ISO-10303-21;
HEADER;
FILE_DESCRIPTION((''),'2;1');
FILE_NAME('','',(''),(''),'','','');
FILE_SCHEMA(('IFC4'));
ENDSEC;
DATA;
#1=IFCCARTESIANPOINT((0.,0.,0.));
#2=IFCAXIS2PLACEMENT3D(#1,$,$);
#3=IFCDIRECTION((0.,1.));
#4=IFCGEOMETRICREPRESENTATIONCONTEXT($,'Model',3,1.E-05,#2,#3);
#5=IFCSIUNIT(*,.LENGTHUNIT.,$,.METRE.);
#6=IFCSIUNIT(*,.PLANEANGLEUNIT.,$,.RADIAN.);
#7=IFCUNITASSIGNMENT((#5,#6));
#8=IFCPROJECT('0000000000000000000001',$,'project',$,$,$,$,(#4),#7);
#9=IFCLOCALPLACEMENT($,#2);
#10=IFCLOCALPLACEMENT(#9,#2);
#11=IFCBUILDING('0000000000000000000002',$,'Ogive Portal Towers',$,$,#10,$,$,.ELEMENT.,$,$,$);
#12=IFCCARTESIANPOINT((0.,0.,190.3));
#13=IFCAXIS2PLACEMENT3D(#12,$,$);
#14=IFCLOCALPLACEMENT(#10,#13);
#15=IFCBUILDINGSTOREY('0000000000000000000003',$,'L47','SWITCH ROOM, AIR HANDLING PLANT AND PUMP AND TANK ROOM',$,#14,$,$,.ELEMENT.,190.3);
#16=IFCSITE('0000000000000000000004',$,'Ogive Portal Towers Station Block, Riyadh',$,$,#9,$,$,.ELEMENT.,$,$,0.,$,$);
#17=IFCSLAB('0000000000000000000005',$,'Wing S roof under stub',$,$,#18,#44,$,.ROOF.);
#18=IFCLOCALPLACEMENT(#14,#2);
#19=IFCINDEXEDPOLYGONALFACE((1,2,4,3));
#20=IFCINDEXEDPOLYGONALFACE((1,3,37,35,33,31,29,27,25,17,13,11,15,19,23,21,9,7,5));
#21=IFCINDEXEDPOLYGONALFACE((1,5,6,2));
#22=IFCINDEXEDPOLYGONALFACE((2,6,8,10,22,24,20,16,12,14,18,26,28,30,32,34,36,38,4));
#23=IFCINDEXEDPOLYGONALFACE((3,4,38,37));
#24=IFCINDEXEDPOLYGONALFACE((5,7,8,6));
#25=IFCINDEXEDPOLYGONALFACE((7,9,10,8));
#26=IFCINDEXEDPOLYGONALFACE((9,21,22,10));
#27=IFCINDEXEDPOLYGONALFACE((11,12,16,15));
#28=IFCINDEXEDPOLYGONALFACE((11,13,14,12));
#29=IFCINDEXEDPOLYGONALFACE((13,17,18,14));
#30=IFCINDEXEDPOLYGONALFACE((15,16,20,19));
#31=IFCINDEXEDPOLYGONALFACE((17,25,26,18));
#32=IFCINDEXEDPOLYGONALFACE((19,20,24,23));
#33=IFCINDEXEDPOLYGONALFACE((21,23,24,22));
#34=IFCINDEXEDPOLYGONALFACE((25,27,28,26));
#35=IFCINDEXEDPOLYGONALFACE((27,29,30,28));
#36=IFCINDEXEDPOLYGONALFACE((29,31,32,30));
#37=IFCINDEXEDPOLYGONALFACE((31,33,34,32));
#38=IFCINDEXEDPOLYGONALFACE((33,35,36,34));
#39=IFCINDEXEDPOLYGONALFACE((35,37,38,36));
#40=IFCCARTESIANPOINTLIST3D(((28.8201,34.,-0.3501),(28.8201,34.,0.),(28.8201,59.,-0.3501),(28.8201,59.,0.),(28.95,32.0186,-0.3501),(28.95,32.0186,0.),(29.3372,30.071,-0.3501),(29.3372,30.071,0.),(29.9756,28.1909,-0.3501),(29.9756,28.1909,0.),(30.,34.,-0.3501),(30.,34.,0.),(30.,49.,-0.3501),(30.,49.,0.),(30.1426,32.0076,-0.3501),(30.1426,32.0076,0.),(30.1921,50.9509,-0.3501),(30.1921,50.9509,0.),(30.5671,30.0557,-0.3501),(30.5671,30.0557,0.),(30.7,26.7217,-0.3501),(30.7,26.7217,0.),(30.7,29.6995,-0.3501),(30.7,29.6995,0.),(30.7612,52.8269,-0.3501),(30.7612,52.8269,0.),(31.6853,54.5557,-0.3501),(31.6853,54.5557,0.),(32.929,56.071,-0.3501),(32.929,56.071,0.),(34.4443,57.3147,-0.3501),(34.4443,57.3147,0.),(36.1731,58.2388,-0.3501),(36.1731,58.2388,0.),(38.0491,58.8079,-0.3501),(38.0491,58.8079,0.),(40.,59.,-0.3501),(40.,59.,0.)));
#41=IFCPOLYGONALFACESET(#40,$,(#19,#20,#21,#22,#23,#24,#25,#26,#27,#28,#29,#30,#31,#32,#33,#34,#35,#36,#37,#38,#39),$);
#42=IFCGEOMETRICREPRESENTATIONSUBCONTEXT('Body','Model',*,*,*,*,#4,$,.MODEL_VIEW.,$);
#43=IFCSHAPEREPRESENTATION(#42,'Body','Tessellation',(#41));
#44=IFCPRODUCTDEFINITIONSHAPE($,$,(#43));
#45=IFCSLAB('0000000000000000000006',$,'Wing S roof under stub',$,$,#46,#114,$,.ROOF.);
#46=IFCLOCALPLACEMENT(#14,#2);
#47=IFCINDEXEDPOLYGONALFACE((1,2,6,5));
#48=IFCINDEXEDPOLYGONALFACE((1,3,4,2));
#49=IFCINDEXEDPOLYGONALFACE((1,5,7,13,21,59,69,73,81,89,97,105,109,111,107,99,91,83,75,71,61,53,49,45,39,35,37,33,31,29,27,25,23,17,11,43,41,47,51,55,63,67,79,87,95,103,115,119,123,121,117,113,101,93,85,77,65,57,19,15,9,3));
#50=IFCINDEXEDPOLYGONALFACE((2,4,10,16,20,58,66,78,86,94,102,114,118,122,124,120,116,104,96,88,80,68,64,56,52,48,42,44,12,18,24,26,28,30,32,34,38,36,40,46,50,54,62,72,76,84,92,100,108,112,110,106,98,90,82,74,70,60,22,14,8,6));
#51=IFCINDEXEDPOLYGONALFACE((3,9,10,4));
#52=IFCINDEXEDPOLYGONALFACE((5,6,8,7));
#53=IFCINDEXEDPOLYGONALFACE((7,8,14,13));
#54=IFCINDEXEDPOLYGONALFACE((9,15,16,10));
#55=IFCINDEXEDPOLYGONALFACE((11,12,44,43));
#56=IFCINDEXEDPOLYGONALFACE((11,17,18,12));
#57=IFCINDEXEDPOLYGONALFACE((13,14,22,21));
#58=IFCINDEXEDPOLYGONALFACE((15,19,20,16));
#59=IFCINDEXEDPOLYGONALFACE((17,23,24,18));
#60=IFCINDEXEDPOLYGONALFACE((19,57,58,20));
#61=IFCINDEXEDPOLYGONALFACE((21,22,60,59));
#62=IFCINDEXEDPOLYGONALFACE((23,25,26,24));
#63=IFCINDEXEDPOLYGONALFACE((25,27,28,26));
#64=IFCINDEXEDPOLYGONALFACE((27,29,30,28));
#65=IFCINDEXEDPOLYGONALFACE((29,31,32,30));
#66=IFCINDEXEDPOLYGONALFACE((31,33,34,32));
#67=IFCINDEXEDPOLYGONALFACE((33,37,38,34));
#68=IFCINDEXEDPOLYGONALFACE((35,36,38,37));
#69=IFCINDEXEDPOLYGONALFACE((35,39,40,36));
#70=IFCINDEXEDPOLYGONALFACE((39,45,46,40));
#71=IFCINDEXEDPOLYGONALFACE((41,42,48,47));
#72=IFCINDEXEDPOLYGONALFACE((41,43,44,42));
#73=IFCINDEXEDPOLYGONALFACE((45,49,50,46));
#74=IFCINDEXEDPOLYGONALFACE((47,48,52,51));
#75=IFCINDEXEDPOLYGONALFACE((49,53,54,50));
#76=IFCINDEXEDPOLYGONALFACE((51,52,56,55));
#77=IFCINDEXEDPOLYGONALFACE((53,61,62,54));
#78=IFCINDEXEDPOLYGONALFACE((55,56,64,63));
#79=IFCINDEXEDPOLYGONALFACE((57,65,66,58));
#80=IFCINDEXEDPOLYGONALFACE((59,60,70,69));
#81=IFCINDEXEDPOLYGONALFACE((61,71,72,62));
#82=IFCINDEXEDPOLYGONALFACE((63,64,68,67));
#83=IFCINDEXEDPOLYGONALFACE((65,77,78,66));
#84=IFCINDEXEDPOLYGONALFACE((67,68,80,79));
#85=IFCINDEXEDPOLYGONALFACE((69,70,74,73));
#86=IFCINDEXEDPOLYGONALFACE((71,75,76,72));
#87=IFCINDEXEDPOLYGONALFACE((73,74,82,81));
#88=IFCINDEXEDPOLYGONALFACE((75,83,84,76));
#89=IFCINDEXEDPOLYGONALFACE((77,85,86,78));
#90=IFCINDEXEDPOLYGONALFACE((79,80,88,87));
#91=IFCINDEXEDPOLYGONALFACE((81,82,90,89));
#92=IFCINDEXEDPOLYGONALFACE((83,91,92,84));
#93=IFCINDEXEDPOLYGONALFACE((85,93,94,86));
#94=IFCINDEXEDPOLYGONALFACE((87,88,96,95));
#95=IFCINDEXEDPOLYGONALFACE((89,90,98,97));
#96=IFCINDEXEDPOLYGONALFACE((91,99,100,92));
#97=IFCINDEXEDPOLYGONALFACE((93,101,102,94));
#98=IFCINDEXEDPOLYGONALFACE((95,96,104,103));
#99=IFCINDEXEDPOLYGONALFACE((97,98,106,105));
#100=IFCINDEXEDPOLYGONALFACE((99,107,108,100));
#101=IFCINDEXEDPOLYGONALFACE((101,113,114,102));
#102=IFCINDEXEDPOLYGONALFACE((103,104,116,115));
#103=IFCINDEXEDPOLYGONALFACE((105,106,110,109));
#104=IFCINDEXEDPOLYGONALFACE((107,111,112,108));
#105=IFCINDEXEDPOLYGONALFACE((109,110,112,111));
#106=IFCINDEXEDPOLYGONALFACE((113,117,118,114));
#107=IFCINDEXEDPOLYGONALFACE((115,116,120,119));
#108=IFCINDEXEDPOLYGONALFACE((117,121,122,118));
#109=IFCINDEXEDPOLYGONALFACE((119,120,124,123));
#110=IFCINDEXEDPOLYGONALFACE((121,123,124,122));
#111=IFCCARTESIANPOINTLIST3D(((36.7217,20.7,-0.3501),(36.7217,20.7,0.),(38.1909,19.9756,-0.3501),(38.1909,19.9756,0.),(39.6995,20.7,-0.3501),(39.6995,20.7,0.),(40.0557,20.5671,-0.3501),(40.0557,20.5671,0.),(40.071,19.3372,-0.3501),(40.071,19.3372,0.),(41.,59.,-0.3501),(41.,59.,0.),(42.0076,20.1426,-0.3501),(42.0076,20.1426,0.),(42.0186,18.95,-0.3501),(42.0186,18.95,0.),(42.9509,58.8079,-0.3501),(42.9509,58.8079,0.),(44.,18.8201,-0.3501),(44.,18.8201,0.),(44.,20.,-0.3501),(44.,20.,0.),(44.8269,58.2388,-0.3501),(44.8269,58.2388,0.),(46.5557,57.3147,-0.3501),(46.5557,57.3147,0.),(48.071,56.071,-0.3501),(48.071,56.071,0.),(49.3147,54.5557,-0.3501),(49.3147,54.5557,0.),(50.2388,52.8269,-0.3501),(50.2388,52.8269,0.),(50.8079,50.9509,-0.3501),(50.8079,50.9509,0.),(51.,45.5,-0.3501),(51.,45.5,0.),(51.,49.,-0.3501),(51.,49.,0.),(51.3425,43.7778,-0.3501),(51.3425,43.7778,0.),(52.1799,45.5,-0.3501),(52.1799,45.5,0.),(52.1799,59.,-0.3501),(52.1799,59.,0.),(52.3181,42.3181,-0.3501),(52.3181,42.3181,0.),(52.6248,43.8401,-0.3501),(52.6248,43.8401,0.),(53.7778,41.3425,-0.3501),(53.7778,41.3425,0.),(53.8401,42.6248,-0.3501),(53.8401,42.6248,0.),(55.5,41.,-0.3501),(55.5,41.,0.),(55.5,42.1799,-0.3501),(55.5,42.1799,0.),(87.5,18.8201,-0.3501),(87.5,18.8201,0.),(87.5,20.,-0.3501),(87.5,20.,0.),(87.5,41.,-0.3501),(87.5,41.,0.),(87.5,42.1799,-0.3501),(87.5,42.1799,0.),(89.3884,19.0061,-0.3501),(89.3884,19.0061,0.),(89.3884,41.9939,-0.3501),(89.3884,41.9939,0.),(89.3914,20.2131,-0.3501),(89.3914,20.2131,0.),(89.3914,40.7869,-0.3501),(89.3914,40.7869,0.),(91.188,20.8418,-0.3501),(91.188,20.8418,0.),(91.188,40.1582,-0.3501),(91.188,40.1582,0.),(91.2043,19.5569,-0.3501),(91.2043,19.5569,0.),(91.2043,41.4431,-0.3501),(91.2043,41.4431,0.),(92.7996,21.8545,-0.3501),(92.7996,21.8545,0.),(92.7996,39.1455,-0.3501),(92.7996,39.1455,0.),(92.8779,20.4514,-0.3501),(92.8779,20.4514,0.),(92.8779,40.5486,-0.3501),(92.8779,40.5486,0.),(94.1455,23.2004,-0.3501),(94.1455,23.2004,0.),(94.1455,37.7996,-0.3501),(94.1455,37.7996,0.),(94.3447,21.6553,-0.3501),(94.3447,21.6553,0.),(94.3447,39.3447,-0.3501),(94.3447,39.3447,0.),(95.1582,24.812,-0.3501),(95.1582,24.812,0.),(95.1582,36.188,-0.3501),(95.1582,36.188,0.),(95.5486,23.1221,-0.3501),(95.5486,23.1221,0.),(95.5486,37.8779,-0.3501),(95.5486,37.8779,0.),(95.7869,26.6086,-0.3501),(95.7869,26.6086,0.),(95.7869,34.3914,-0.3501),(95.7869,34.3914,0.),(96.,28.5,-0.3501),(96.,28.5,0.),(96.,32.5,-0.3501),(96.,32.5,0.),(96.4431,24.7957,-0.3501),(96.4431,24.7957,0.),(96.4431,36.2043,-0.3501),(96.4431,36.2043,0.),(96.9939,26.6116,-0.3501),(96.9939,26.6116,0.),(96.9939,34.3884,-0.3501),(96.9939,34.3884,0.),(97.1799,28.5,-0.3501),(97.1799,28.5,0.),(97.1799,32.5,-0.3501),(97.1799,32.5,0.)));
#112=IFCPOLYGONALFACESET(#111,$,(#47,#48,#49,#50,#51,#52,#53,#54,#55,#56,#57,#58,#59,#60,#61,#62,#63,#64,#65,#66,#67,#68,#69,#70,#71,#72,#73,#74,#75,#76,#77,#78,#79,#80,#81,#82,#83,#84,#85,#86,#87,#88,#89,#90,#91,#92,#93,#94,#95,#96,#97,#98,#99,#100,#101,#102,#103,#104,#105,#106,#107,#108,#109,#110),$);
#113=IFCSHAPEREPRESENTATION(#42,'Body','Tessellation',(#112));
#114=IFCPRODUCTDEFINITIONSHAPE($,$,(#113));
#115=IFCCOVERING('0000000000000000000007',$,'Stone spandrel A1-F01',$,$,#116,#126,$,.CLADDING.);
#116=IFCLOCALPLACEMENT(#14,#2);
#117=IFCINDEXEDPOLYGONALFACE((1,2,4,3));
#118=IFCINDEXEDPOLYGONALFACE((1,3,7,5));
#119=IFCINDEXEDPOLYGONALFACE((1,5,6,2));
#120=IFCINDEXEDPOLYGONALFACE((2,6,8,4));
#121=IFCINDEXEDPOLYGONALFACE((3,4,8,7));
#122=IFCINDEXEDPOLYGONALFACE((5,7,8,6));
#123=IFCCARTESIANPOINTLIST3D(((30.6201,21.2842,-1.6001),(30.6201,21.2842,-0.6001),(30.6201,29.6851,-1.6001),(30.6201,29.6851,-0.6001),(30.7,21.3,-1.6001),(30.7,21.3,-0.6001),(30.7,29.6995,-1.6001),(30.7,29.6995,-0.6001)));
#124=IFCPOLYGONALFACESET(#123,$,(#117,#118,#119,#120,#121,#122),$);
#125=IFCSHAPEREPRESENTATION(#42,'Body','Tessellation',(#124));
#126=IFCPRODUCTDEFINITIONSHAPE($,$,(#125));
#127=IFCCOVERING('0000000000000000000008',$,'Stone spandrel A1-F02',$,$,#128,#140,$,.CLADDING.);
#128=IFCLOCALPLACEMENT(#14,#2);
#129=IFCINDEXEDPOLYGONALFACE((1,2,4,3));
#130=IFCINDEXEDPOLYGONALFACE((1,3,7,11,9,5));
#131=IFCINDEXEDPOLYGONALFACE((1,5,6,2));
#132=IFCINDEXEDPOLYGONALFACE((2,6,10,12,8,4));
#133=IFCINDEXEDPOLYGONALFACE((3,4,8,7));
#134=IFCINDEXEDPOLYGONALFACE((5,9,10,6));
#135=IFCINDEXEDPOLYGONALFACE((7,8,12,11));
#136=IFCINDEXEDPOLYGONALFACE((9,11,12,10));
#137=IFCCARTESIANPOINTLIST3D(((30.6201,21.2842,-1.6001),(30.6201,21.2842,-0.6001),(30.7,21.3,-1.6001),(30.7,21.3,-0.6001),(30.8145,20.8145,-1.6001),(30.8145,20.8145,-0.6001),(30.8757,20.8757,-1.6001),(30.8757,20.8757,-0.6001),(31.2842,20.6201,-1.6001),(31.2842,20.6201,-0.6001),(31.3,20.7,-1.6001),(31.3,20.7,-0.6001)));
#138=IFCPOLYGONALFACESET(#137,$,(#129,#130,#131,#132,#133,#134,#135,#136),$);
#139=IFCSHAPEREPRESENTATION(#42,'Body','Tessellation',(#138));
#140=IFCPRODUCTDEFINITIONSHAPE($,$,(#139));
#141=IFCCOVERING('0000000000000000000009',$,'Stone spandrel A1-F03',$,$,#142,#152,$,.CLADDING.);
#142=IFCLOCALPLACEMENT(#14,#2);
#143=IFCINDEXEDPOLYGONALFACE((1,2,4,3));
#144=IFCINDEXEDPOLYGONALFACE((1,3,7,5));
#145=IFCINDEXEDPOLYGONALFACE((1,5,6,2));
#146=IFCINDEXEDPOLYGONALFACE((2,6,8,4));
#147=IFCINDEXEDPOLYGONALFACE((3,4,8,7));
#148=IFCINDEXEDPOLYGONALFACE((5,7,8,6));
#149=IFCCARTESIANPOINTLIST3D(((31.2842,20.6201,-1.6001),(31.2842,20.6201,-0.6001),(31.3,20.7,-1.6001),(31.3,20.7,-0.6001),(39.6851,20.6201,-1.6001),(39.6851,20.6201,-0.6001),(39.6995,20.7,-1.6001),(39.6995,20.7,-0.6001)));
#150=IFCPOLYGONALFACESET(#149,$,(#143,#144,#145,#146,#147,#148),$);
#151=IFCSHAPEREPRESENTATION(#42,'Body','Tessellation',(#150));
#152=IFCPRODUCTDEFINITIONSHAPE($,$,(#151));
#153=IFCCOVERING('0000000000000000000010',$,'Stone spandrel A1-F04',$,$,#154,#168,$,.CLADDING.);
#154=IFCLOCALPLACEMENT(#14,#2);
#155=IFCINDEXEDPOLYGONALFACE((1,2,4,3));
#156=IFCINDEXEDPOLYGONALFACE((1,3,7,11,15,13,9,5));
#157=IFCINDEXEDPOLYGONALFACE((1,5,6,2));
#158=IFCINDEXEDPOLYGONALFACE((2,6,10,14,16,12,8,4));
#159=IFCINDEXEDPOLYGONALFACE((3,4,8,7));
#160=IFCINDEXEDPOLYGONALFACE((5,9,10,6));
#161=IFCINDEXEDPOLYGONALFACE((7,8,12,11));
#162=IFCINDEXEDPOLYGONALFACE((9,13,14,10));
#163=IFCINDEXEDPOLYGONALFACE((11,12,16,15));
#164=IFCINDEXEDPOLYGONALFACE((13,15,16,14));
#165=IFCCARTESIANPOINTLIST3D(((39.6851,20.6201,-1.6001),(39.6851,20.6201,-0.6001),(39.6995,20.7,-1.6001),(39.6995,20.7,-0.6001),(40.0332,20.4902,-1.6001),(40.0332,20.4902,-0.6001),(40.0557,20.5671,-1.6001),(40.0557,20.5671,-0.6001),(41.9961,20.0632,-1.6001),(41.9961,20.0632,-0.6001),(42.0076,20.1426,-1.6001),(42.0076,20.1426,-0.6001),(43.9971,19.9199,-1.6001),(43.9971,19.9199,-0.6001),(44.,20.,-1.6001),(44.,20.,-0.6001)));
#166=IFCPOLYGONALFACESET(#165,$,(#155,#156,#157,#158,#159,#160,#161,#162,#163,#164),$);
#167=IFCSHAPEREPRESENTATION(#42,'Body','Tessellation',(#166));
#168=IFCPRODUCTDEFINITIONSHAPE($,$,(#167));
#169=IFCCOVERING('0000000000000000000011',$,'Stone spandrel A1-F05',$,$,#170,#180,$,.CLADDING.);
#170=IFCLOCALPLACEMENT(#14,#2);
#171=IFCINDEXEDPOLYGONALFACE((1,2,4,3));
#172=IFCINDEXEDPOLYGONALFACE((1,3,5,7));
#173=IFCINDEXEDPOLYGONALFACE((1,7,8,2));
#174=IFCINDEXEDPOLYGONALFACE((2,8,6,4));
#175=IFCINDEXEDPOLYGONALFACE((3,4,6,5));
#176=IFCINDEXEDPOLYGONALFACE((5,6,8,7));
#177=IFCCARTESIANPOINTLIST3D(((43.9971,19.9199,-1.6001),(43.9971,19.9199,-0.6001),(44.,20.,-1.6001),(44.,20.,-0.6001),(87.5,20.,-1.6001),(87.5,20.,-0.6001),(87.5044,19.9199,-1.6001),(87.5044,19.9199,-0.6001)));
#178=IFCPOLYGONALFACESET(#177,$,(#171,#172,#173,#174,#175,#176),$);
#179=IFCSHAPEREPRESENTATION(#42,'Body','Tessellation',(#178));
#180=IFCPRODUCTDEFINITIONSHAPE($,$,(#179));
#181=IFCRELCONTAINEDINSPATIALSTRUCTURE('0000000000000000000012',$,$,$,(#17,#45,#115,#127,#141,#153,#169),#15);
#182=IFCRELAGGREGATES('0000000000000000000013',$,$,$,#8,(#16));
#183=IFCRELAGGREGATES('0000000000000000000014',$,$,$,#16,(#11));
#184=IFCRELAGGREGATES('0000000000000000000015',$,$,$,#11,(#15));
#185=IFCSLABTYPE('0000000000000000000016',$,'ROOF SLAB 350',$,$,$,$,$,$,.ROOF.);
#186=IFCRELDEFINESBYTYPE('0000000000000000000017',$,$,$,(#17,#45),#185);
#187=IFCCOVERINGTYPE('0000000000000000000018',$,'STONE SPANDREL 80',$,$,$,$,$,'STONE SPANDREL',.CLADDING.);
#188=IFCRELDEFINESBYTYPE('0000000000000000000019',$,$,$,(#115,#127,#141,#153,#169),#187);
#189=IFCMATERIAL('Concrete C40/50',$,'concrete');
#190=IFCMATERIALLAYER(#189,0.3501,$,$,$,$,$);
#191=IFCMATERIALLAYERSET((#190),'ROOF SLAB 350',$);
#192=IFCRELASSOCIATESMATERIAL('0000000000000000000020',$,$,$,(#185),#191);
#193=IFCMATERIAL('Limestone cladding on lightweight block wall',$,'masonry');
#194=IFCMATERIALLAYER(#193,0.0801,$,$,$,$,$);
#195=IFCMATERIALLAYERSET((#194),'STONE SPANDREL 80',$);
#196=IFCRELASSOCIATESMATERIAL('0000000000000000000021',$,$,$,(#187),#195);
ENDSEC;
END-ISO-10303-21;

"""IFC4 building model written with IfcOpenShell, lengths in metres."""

from ifc_helpers import new_model, si_unit, direction, frame, origin, place, context, subcontext, project, spatial, polyline, outline, extrude, material, layer, layer_set, type_object, element, save


model = new_model("IFC4")

# Units and contexts
model_context = context("Model", 3, precision=1e-05, world=origin(), true_north=direction((0.0, 1.0)))
body_context = subcontext(model_context, "Body", "Model", "MODEL_VIEW")
ifc_project = project(units=[si_unit("LENGTHUNIT", "METRE"), si_unit("PLANEANGLEUNIT", "RADIAN")], contexts=[model_context])

# Site, building, storey
site_placement = place(None, origin())
site = spatial("IfcSite", under=ifc_project, at=site_placement, Name="Ogive Portal Towers Station Block, Riyadh", CompositionType="ELEMENT", RefElevation=0.0)
building_placement = place(site_placement, origin())
building = spatial("IfcBuilding", under=site, at=building_placement, Name="Ogive Portal Towers", CompositionType="ELEMENT")
storey_placement = place(building_placement, frame((0.0, 0.0, 190.3)))
storey = spatial("IfcBuildingStorey", under=building, at=storey_placement, Name="L47", Description="SWITCH ROOM, AIR HANDLING PLANT AND PUMP AND TANK ROOM", CompositionType="ELEMENT", Elevation=190.3)

# Slabs
ifc_material_1 = material(Name="Concrete C40/50", Category="concrete")
ifc_layer_1 = layer(ifc_material_1, 0.3501)
ifc_layer_set_1 = layer_set([ifc_layer_1], Name="ROOF SLAB 350")
slab_type_1 = type_object("IfcSlabType", Name="ROOF SLAB 350", PredefinedType="ROOF", material=ifc_layer_set_1)
slab_1_placement = place(storey_placement, frame((0.0, 0.0, -0.3501)))
element("IfcSlab", 1, at=slab_1_placement, inside=storey, type_object=slab_type_1, Name="Wing S roof under stub", PredefinedType="ROOF", context=body_context, shape_type="SweptSolid", body=[
    extrude(outline(polyline([(28.95, 32.0186), (28.8201, 34.0), (28.8201, 59.0), (40.0, 59.0), (38.0491, 58.8079), (36.1731, 58.2388), (34.4443, 57.3147), (32.929, 56.071), (31.6853, 54.5557), (30.7612, 52.8269), (30.1921, 50.9509), (30.0, 49.0), (30.0, 34.0), (30.1426, 32.0076), (30.5671, 30.0557), (30.7, 29.6995), (30.7, 26.7217), (29.9756, 28.1909), (29.3372, 30.071), (28.95, 32.0186)])), origin(), (0.0, 0.0, 1.0), 0.3501),
])
slab_2_placement = place(storey_placement, frame((0.0, 0.0, -0.3501)))
element("IfcSlab", 2, at=slab_2_placement, inside=storey, type_object=slab_type_1, Name="Wing S roof under stub", PredefinedType="ROOF", context=body_context, shape_type="SweptSolid", body=[
    extrude(outline(polyline([(52.1799, 45.5), (52.6248, 43.8401), (53.8401, 42.6248), (55.5, 42.1799), (87.5, 42.1799), (89.3884, 41.9939), (91.2043, 41.4431), (92.8779, 40.5486), (94.3447, 39.3447), (95.5486, 37.8779), (96.4431, 36.2043), (96.9939, 34.3884), (97.1799, 32.5), (97.1799, 28.5), (96.9939, 26.6116), (96.4431, 24.7957), (95.5486, 23.1221), (94.3447, 21.6553), (92.8779, 20.4514), (91.2043, 19.5569), (89.3884, 19.0061), (87.5, 18.8201), (44.0, 18.8201), (42.0186, 18.95), (40.071, 19.3372), (38.1909, 19.9756), (36.7217, 20.7), (39.6995, 20.7), (40.0557, 20.5671), (42.0076, 20.1426), (44.0, 20.0), (87.5, 20.0), (89.3914, 20.2131), (91.188, 20.8418), (92.7996, 21.8545), (94.1455, 23.2004), (95.1582, 24.812), (95.7869, 26.6086), (96.0, 28.5), (96.0, 32.5), (95.7869, 34.3914), (95.1582, 36.188), (94.1455, 37.7996), (92.7996, 39.1455), (91.188, 40.1582), (89.3914, 40.7869), (87.5, 41.0), (55.5, 41.0), (53.7778, 41.3425), (52.3181, 42.3181), (51.3425, 43.7778), (51.0, 45.5), (51.0, 49.0), (50.8079, 50.9509), (50.2388, 52.8269), (49.3147, 54.5557), (48.071, 56.071), (46.5557, 57.3147), (44.8269, 58.2388), (42.9509, 58.8079), (41.0, 59.0), (52.1799, 59.0), (52.1799, 45.5)])), origin(), (0.0, 0.0, 1.0), 0.3501),
])

# Coverings
ifc_material_2 = material(Name="Limestone cladding on lightweight block wall", Category="masonry")
ifc_layer_2 = layer(ifc_material_2, 0.0801)
ifc_layer_set_2 = layer_set([ifc_layer_2], Name="STONE SPANDREL 80")
covering_type_1 = type_object("IfcCoveringType", Name="STONE SPANDREL 80", ElementType="STONE SPANDREL", PredefinedType="CLADDING", material=ifc_layer_set_2)
covering_1_placement = place(storey_placement, frame((0.0, 0.0, -1.6001)))
element("IfcCovering", 3, at=covering_1_placement, inside=storey, type_object=covering_type_1, Name="Stone spandrel A1-F01", PredefinedType="CLADDING", context=body_context, shape_type="SweptSolid", body=[
    extrude(outline(polyline([(30.7, 29.6995), (30.7, 21.3), (30.6201, 21.2842), (30.6201, 29.6851), (30.7, 29.6995)])), origin(), (0.0, 0.0, 1.0), 1.0),
])
covering_2_placement = place(storey_placement, frame((0.0, 0.0, -1.6001)))
element("IfcCovering", 4, at=covering_2_placement, inside=storey, type_object=covering_type_1, Name="Stone spandrel A1-F02", PredefinedType="CLADDING", context=body_context, shape_type="SweptSolid", body=[
    extrude(outline(polyline([(30.7, 21.3), (30.8757, 20.8757), (31.3, 20.7), (31.2842, 20.6201), (30.8145, 20.8145), (30.6201, 21.2842), (30.7, 21.3)])), origin(), (0.0, 0.0, 1.0), 1.0),
])
covering_3_placement = place(storey_placement, frame((0.0, 0.0, -1.6001)))
element("IfcCovering", 5, at=covering_3_placement, inside=storey, type_object=covering_type_1, Name="Stone spandrel A1-F03", PredefinedType="CLADDING", context=body_context, shape_type="SweptSolid", body=[
    extrude(outline(polyline([(31.3, 20.7), (39.6995, 20.7), (39.6851, 20.6201), (31.2842, 20.6201), (31.3, 20.7)])), origin(), (0.0, 0.0, 1.0), 1.0),
])
covering_4_placement = place(storey_placement, frame((0.0, 0.0, -1.6001)))
element("IfcCovering", 6, at=covering_4_placement, inside=storey, type_object=covering_type_1, Name="Stone spandrel A1-F04", PredefinedType="CLADDING", context=body_context, shape_type="SweptSolid", body=[
    extrude(outline(polyline([(39.6995, 20.7), (40.0557, 20.5671), (42.0076, 20.1426), (44.0, 20.0), (43.9971, 19.9199), (41.9961, 20.0632), (40.0332, 20.4902), (39.6851, 20.6201), (39.6995, 20.7)])), origin(), (0.0, 0.0, 1.0), 1.0),
])
covering_5_placement = place(storey_placement, frame((0.0, 0.0, -1.6001)))
element("IfcCovering", 7, at=covering_5_placement, inside=storey, type_object=covering_type_1, Name="Stone spandrel A1-F05", PredefinedType="CLADDING", context=body_context, shape_type="SweptSolid", body=[
    extrude(outline(polyline([(44.0, 20.0), (87.5, 20.0), (87.5044, 19.9199), (43.9971, 19.9199), (44.0, 20.0)])), origin(), (0.0, 0.0, 1.0), 1.0),
])

save(model, "model.ifc")
